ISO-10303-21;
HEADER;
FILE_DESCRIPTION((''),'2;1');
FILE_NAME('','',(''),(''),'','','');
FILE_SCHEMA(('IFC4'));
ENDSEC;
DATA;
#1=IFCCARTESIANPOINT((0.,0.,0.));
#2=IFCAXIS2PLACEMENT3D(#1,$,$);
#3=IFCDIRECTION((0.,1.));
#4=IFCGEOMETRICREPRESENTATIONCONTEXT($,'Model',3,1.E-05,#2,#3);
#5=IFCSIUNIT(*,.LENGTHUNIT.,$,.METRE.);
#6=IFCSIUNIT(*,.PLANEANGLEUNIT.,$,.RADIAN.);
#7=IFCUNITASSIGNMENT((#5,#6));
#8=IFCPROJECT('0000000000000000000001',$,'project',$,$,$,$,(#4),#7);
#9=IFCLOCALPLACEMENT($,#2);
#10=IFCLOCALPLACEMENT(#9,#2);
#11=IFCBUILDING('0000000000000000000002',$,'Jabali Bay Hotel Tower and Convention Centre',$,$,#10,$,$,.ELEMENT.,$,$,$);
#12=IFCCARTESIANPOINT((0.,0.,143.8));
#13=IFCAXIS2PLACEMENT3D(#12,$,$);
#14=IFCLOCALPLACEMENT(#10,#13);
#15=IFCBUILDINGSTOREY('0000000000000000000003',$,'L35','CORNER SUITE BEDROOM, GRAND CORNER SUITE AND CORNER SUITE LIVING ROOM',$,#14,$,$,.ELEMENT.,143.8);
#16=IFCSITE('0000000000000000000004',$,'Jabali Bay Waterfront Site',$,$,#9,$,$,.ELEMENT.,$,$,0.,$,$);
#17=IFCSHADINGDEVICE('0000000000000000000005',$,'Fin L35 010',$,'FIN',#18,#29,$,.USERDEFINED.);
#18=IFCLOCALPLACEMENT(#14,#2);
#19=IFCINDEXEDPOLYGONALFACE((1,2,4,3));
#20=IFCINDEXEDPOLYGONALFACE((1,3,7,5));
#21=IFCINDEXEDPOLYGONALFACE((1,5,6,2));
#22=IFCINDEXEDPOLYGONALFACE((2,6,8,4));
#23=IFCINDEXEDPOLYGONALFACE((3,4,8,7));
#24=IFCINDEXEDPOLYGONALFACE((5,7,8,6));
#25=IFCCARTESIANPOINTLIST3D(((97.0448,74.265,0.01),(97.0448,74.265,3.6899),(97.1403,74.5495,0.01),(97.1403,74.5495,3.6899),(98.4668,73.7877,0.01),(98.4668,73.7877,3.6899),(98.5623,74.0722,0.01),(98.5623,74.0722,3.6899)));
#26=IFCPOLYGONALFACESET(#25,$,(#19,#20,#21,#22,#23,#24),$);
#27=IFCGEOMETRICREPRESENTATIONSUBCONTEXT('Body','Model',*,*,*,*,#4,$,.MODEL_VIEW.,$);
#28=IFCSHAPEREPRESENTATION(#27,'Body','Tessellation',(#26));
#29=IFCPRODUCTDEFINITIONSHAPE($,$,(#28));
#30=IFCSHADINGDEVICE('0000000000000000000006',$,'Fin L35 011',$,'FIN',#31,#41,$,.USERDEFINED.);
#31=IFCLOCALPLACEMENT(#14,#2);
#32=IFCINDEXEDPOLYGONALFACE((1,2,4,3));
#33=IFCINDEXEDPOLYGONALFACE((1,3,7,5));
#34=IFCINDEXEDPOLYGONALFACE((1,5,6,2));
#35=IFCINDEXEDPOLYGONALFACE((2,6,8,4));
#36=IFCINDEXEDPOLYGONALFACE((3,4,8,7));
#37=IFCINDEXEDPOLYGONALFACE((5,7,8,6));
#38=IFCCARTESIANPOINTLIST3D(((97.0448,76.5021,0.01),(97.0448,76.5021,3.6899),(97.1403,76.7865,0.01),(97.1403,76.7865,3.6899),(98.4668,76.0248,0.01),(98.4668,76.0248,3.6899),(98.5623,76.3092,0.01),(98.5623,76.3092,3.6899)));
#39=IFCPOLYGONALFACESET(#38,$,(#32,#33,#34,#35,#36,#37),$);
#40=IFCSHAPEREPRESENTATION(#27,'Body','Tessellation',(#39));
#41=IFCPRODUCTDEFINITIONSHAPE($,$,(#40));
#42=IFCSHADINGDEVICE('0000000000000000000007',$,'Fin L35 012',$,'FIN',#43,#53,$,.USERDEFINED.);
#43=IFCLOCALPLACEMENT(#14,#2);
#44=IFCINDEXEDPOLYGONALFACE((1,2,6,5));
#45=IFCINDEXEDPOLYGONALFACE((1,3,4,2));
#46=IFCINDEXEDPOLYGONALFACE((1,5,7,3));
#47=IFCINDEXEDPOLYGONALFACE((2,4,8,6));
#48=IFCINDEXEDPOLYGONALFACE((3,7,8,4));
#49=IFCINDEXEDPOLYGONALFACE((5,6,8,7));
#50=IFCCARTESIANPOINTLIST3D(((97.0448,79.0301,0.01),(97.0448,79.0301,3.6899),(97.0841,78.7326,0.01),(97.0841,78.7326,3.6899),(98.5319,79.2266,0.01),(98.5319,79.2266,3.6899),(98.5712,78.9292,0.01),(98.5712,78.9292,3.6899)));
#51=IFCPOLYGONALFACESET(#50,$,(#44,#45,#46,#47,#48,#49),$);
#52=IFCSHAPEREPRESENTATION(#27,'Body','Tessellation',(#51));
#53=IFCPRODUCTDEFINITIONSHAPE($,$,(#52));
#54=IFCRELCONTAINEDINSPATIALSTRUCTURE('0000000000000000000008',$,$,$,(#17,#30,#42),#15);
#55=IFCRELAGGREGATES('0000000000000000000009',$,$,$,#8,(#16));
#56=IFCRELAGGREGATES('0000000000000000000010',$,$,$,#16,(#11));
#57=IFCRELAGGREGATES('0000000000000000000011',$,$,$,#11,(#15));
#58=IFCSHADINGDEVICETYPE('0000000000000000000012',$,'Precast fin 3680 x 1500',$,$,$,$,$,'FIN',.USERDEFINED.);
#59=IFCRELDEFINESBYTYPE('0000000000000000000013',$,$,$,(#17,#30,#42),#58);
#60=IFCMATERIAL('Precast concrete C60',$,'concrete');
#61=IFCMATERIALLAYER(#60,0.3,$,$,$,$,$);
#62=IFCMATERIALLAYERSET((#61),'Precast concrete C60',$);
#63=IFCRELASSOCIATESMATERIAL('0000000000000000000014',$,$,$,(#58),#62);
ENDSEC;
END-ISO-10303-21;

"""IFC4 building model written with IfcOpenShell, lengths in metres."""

from ifc_helpers import new_model, si_unit, direction, frame, frame_2d, origin, place, context, subcontext, project, spatial, rectangle, extrude, material, layer, layer_set, type_object, element, save


model = new_model("IFC4")

# Units and contexts
model_context = context("Model", 3, precision=1e-05, world=origin(), true_north=direction((0.0, 1.0)))
body_context = subcontext(model_context, "Body", "Model", "MODEL_VIEW")
ifc_project = project(units=[si_unit("LENGTHUNIT", "METRE"), si_unit("PLANEANGLEUNIT", "RADIAN")], contexts=[model_context])

# Site, building, storey
site_placement = place(None, origin())
site = spatial("IfcSite", under=ifc_project, at=site_placement, Name="Jabali Bay Waterfront Site", CompositionType="ELEMENT", RefElevation=0.0)
building_placement = place(site_placement, origin())
building = spatial("IfcBuilding", under=site, at=building_placement, Name="Jabali Bay Hotel Tower and Convention Centre", CompositionType="ELEMENT")
storey_placement = place(building_placement, frame((0.0, 0.0, 143.8)))
storey = spatial("IfcBuildingStorey", under=building, at=storey_placement, Name="L35", Description="CORNER SUITE BEDROOM, GRAND CORNER SUITE AND CORNER SUITE LIVING ROOM", CompositionType="ELEMENT", Elevation=143.8)

# Shading devices
ifc_material_1 = material(Name="Precast concrete C60", Category="concrete")
ifc_layer_1 = layer(ifc_material_1, 0.3)
ifc_layer_set_1 = layer_set([ifc_layer_1], Name="Precast concrete C60")
shading_device_type = type_object("IfcShadingDeviceType", Name="Precast fin 3680 x 1500", ElementType="FIN", PredefinedType="USERDEFINED", material=ifc_layer_set_1)
for number, where, z_axis, x_axis, name in (
    (1, (97.0925, 74.4072, 0.01), (0.0, 0.0, 1.0), (0.94803, -0.31818, 0.0), "Fin L35 010"),
    (2, (97.0925, 76.6443, 0.01), (0.0, 0.0, 1.0), (0.94803, -0.31818, 0.0), "Fin L35 011"),
    (3, (97.0645, 78.8813, 0.01), (0.0, 0.0, 1.0), (0.991379, 0.131023, 0.0), "Fin L35 012"),
):
    element("IfcShadingDevice", number, at=place(storey_placement, frame(where, z_axis=z_axis, x_axis=x_axis)), inside=storey, type_object=shading_device_type, Name=name, ObjectType="FIN", PredefinedType="USERDEFINED", context=body_context, shape_type="SweptSolid", body=[
        extrude(rectangle(XDim=1.5, YDim=0.3, at=frame_2d((0.75, 0.0))), origin(), (0.0, 0.0, 1.0), 3.6799),
    ])

save(model, "model.ifc")
